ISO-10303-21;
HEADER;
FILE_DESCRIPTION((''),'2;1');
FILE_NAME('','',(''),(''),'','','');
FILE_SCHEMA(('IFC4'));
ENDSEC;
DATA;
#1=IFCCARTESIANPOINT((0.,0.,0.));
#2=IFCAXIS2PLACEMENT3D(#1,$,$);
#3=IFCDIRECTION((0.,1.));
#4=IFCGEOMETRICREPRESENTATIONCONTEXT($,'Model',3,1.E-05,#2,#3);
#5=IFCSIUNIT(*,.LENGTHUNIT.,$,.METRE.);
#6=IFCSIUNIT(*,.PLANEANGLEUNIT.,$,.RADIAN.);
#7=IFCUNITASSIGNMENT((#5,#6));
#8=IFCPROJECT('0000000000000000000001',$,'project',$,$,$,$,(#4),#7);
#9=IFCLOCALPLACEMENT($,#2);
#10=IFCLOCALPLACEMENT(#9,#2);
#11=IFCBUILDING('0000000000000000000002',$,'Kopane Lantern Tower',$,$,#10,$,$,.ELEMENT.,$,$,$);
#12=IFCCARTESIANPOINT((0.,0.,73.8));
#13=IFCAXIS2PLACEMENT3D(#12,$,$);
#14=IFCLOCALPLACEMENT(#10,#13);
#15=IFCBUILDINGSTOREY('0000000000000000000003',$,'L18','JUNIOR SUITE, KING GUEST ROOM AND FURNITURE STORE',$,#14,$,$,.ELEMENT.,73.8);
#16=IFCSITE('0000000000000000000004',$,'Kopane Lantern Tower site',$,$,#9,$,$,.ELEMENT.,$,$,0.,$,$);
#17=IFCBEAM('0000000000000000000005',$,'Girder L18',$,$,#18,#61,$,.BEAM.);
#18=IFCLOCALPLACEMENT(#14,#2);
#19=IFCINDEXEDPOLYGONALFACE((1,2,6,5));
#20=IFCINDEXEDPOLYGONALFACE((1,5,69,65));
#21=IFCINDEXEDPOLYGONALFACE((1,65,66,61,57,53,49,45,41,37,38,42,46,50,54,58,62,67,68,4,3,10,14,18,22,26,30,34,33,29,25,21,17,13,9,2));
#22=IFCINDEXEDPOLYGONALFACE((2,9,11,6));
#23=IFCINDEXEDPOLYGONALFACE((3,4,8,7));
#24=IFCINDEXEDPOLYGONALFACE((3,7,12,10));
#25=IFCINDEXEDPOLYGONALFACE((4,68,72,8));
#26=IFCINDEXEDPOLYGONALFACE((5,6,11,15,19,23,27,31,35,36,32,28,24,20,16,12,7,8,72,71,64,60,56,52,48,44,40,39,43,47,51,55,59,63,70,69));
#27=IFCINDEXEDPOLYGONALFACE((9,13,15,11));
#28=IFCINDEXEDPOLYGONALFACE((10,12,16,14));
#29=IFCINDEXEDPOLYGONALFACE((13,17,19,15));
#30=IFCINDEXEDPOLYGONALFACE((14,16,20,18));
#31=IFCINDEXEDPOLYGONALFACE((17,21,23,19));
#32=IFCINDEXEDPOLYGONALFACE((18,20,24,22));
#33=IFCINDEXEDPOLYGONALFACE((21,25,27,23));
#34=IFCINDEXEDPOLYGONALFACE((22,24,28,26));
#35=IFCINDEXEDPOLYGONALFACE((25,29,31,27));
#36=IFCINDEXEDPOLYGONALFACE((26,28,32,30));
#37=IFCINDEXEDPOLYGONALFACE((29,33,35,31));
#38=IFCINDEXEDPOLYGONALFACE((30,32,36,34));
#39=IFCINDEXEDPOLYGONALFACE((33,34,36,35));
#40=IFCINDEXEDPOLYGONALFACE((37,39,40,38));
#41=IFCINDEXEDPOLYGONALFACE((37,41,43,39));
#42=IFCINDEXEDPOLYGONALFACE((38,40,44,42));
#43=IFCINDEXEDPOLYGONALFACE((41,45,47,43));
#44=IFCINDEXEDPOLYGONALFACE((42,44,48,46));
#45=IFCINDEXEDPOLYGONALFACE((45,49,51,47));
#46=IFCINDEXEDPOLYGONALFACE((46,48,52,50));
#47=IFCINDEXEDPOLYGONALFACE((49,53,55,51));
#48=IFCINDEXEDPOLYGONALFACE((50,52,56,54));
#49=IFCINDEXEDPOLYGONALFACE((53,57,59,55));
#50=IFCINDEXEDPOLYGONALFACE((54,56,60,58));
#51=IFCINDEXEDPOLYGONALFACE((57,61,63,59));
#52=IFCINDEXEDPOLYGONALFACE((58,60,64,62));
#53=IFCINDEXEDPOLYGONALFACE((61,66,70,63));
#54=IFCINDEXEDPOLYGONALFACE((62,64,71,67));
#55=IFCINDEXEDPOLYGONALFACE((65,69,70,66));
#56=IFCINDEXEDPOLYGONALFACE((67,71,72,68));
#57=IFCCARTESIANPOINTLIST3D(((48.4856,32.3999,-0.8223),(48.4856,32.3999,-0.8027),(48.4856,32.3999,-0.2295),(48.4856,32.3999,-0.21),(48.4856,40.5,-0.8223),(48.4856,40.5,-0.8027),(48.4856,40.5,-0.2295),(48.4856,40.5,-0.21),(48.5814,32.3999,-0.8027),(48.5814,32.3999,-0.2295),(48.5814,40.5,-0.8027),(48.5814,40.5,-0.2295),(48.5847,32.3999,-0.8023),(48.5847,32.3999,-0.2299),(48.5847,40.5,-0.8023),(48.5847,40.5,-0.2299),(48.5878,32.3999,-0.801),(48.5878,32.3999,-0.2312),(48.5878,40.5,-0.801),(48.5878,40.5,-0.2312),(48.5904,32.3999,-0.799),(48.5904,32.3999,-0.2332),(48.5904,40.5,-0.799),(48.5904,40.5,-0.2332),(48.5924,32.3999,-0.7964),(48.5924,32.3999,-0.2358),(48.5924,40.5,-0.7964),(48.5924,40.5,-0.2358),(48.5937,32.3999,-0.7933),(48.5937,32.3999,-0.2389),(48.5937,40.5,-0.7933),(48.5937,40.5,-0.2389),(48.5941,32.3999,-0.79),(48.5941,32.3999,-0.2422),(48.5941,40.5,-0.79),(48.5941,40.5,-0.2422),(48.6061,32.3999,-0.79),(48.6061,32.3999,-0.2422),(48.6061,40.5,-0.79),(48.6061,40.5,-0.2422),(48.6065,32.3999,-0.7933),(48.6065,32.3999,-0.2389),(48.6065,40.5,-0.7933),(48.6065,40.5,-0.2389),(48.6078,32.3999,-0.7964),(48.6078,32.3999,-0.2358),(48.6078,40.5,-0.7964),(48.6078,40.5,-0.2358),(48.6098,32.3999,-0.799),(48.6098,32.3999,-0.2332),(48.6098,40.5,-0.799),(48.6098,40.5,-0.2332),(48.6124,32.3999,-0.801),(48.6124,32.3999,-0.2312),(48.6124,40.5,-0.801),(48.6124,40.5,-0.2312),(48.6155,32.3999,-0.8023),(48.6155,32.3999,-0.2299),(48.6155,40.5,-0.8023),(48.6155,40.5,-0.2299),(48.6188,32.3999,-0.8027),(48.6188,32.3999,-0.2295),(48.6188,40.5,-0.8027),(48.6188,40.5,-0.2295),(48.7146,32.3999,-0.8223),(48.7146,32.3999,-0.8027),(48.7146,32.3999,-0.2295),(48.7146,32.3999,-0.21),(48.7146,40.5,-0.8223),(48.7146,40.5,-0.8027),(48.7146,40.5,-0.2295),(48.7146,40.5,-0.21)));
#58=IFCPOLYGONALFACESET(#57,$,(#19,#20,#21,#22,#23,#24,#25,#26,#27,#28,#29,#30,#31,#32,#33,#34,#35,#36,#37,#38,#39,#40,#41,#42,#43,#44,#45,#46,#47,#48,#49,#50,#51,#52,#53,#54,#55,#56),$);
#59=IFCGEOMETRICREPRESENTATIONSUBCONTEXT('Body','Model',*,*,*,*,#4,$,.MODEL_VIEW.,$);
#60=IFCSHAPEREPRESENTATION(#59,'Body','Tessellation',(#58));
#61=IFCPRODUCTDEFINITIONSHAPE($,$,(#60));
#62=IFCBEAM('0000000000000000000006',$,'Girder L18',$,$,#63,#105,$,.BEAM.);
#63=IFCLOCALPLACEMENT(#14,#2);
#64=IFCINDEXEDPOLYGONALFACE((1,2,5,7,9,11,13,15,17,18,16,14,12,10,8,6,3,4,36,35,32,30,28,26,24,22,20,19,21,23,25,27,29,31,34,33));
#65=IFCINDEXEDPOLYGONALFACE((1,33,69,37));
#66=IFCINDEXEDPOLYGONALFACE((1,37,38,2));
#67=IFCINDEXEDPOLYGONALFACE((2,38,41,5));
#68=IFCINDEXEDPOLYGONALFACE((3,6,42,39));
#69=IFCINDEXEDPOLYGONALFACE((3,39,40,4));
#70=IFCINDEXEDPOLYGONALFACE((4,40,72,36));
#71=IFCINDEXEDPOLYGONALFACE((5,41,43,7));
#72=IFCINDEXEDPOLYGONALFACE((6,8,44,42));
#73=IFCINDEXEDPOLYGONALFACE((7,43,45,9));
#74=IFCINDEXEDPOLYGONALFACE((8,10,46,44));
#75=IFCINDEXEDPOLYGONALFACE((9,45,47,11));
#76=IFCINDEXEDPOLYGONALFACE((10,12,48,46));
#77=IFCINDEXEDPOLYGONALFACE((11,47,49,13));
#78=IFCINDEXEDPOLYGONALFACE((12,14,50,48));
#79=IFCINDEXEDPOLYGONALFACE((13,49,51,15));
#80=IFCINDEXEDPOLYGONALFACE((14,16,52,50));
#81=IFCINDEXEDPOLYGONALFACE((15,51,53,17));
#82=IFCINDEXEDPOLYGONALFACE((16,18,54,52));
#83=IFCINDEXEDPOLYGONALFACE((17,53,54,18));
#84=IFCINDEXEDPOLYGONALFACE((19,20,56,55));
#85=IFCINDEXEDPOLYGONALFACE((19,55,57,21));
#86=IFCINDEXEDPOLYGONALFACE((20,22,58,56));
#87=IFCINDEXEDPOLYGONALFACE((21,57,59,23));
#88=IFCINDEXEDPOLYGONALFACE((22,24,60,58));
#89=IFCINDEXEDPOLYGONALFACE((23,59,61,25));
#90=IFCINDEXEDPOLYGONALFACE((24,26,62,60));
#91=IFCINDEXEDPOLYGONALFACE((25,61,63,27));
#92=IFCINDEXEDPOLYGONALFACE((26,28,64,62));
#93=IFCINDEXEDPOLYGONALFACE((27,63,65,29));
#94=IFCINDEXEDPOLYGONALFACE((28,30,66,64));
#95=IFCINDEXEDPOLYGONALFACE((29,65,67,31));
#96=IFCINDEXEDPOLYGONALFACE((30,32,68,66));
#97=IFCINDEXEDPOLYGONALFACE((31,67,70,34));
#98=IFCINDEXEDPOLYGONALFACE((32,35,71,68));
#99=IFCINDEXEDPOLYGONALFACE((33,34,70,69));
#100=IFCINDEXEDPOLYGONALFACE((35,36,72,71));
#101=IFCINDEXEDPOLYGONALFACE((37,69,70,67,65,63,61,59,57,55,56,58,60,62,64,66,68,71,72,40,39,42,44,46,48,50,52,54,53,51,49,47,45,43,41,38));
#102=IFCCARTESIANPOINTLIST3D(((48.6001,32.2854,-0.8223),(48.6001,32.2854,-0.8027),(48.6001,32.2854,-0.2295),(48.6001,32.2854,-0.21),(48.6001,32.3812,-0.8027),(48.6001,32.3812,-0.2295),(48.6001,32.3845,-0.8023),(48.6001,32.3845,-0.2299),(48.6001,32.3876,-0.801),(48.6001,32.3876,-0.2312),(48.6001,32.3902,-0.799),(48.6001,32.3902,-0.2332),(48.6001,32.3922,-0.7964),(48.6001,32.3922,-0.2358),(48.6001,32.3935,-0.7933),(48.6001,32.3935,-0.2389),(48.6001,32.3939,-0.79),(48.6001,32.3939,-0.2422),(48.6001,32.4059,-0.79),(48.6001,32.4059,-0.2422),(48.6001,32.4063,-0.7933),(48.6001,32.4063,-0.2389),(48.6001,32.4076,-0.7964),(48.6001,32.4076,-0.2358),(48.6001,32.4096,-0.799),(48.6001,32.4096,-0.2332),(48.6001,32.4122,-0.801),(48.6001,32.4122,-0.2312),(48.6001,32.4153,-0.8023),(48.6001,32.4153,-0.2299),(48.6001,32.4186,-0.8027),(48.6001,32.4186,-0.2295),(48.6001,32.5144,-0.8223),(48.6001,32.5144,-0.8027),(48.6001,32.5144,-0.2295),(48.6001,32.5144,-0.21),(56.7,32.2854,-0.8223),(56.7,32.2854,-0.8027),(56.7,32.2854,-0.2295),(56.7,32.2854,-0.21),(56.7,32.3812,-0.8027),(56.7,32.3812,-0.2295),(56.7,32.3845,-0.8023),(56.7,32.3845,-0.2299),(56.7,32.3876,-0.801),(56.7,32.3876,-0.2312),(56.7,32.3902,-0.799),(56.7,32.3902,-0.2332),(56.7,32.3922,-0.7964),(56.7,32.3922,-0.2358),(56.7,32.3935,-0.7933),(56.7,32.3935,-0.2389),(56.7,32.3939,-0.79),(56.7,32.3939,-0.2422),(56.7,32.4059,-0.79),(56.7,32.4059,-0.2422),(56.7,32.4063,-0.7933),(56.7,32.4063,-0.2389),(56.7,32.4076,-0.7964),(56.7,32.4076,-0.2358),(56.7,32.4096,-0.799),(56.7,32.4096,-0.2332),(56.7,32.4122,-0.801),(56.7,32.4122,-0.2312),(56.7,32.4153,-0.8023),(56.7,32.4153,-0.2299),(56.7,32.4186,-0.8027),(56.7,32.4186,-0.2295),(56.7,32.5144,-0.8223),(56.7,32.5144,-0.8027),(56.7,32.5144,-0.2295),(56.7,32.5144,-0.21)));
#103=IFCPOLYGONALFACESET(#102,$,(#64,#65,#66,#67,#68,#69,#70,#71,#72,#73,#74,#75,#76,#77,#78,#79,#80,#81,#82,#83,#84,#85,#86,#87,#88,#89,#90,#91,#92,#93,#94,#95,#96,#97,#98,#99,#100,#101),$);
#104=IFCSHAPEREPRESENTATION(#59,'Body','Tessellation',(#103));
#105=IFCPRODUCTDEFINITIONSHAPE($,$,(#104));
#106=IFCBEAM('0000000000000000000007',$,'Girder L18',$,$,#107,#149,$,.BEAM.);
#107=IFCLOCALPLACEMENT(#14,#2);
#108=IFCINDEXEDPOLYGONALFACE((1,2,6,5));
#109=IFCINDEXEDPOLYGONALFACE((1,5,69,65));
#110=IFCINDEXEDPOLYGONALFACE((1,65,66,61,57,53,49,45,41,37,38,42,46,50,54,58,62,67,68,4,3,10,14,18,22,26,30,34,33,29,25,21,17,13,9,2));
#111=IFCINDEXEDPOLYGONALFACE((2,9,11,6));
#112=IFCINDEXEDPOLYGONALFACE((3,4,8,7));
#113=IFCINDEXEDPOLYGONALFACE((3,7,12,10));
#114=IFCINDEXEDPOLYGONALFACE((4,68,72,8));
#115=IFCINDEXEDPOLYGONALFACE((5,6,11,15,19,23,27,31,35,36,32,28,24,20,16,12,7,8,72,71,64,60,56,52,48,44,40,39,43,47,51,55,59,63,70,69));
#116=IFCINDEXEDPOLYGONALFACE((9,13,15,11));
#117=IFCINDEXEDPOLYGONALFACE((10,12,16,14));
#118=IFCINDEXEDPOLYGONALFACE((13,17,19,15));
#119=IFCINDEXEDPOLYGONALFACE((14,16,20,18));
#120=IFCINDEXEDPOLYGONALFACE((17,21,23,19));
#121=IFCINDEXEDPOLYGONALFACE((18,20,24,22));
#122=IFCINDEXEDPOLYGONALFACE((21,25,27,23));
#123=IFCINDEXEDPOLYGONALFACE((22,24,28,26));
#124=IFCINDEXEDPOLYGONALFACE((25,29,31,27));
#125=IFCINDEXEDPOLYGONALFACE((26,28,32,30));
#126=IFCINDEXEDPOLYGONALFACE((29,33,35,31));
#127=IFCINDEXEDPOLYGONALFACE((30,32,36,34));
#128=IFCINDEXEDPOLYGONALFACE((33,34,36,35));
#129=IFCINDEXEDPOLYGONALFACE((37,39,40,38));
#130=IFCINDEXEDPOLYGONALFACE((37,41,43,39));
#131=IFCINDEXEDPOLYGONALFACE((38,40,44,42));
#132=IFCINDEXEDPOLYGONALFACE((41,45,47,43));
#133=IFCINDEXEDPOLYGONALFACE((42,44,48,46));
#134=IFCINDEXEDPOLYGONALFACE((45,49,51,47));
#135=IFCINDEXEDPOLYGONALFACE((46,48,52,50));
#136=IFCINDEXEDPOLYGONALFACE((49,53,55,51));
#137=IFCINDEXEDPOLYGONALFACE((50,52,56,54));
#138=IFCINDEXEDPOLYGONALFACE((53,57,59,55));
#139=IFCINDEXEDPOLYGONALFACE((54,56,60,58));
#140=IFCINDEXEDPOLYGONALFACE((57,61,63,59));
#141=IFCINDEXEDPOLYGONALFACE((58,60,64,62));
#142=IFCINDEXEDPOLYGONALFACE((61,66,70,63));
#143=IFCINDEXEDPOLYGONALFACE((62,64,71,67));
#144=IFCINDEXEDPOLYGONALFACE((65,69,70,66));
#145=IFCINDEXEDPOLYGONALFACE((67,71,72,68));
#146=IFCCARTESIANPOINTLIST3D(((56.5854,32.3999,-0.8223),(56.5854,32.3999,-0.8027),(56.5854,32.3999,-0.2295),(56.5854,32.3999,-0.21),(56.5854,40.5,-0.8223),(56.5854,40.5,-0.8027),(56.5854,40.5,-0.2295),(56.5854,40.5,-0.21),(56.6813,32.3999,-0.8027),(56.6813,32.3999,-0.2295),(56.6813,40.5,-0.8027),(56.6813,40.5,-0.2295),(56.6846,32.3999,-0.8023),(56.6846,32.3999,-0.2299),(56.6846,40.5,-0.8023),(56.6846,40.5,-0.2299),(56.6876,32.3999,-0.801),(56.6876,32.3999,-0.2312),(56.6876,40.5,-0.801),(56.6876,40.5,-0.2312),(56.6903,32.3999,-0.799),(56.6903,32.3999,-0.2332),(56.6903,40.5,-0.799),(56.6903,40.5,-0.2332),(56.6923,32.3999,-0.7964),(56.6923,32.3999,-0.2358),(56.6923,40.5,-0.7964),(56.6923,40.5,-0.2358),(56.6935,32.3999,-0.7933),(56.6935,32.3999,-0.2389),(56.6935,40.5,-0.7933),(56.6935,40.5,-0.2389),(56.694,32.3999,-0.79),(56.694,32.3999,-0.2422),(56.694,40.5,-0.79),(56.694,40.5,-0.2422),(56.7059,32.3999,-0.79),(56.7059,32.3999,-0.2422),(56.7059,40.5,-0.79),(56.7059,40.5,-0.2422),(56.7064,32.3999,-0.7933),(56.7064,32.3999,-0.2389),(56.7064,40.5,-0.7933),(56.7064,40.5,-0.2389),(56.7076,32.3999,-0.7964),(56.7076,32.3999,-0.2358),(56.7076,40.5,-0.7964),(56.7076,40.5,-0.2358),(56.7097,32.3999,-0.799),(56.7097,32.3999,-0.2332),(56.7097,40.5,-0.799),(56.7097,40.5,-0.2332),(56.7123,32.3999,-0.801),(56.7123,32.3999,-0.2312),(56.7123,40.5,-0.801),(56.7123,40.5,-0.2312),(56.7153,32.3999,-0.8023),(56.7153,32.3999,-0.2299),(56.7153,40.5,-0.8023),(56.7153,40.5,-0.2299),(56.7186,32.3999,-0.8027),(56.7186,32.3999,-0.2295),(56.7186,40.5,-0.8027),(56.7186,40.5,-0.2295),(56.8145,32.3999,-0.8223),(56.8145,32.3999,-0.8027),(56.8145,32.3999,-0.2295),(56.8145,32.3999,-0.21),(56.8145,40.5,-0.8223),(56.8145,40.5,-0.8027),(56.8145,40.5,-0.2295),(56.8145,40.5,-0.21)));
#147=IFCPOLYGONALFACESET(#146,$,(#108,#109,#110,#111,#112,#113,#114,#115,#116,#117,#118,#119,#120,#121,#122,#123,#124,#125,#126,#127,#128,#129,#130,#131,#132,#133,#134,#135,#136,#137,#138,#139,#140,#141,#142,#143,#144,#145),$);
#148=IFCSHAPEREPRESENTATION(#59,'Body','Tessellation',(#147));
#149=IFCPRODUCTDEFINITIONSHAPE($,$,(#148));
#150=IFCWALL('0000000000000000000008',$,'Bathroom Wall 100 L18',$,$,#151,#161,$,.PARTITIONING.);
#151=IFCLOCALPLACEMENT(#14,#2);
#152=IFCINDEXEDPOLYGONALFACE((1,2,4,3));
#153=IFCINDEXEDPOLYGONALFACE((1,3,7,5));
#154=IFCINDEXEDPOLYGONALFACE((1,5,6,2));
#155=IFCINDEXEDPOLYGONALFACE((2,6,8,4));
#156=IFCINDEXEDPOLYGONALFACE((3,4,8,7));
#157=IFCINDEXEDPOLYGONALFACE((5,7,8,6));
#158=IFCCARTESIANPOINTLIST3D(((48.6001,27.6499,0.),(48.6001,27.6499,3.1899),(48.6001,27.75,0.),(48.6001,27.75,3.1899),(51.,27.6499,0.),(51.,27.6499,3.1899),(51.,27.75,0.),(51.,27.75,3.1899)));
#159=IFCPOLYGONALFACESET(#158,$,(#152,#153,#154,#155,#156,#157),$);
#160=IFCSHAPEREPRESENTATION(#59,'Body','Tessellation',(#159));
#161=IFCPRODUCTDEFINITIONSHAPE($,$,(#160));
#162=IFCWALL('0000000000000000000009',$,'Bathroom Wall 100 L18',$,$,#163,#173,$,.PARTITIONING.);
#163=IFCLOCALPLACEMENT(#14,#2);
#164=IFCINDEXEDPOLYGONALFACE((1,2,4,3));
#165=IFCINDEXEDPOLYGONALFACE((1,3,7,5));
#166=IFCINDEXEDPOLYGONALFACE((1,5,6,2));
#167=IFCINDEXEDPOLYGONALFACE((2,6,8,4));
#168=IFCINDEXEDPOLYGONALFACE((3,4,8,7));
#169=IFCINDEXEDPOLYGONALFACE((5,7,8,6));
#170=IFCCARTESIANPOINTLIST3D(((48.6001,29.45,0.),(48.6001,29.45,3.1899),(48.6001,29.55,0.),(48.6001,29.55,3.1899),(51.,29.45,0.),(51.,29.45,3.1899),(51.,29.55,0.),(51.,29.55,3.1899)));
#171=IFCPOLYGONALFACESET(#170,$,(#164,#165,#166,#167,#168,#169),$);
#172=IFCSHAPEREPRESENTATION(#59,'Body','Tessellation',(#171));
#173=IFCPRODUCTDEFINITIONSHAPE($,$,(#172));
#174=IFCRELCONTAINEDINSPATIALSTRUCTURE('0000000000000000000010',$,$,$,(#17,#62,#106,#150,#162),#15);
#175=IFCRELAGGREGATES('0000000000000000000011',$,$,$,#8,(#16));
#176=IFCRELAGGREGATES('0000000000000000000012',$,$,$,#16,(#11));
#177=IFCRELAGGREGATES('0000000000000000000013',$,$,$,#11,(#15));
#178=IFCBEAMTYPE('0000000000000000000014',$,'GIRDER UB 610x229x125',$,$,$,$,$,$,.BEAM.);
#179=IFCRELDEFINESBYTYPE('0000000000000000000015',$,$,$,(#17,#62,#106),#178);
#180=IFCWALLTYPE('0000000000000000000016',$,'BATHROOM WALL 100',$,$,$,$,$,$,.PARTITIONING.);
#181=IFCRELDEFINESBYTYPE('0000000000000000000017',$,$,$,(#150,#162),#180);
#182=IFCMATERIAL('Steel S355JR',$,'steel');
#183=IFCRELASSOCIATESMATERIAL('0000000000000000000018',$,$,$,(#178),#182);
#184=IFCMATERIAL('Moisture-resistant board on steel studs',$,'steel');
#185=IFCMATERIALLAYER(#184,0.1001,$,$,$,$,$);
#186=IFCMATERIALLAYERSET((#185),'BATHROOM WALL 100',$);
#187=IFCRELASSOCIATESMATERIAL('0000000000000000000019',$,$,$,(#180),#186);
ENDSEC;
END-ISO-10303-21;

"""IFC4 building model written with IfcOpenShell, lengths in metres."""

from ifc_helpers import new_model, si_unit, direction, frame, frame_2d, origin, origin_2d, place, context, subcontext, project, spatial, rectangle, i_section, extrude, material, layer, layer_set, material_profile, profile_set, type_object, element, save


model = new_model("IFC4")

# Units and contexts
model_context = context("Model", 3, precision=1e-05, world=origin(), true_north=direction((0.0, 1.0)))
body_context = subcontext(model_context, "Body", "Model", "MODEL_VIEW")
ifc_project = project(units=[si_unit("LENGTHUNIT", "METRE"), si_unit("PLANEANGLEUNIT", "RADIAN")], contexts=[model_context])

# Site, building, storey
site_placement = place(None, origin())
site = spatial("IfcSite", under=ifc_project, at=site_placement, Name="Kopane Lantern Tower site", CompositionType="ELEMENT", RefElevation=0.0)
building_placement = place(site_placement, origin())
building = spatial("IfcBuilding", under=site, at=building_placement, Name="Kopane Lantern Tower", CompositionType="ELEMENT")
storey_placement = place(building_placement, frame((0.0, 0.0, 73.8)))
storey = spatial("IfcBuildingStorey", under=building, at=storey_placement, Name="L18", Description="JUNIOR SUITE, KING GUEST ROOM AND FURNITURE STORE", CompositionType="ELEMENT", Elevation=73.8)

# Beams
ifc_material_1 = material(Name="Steel S355JR", Category="steel")
ifc_material_profile_1 = material_profile(ifc_material_1, i_section(OverallWidth=0.229, OverallDepth=0.6123, WebThickness=0.012, FlangeThickness=0.0195, FilletRadius=0.0127, at=origin_2d()), Name="UB 610x229x125")
ifc_profile_set_1 = profile_set([ifc_material_profile_1], Name="Steel S355JR")
beam_type = type_object("IfcBeamType", Name="GIRDER UB 610x229x125", PredefinedType="BEAM", material=ifc_profile_set_1)
for number, where, z_axis, x_axis, name in (
    (1, (48.6001, 32.3999, -0.5161), (0.0, 1.0, 0.0), (-1.0, 0.0, 0.0), "Girder L18"),
):
    element("IfcBeam", number, at=place(storey_placement, frame(where, z_axis=z_axis, x_axis=x_axis)), inside=storey, type_object=beam_type, Name=name, PredefinedType="BEAM", context=body_context, shape_type="SweptSolid", body=[
        extrude(i_section(OverallWidth=0.229, OverallDepth=0.6123, WebThickness=0.012, FlangeThickness=0.0195, FilletRadius=0.0127, at=origin_2d()), origin(), (0.0, 0.0, 1.0), 8.1001),
    ])
beam_1_placement = place(storey_placement, frame((48.6001, 32.3999, -0.5161), z_axis=(1.0, 0.0, 0.0), x_axis=(0.0, 1.0, 0.0)))
element("IfcBeam", 2, at=beam_1_placement, inside=storey, type_object=beam_type, Name="Girder L18", PredefinedType="BEAM", context=body_context, shape_type="SweptSolid", body=[
    extrude(i_section(OverallWidth=0.229, OverallDepth=0.6123, WebThickness=0.012, FlangeThickness=0.0195, FilletRadius=0.0127, at=origin_2d()), origin(), (0.0, 0.0, 1.0), 8.0999),
])
beam_2_placement = place(storey_placement, frame((56.7, 32.3999, -0.5161), z_axis=(0.0, 1.0, 0.0), x_axis=(-1.0, 0.0, 0.0)))
element("IfcBeam", 3, at=beam_2_placement, inside=storey, type_object=beam_type, Name="Girder L18", PredefinedType="BEAM", context=body_context, shape_type="SweptSolid", body=[
    extrude(i_section(OverallWidth=0.229, OverallDepth=0.6123, WebThickness=0.012, FlangeThickness=0.0195, FilletRadius=0.0127, at=origin_2d()), origin(), (0.0, 0.0, 1.0), 8.1001),
])

# Walls
ifc_material_2 = material(Name="Moisture-resistant board on steel studs", Category="steel")
ifc_layer_1 = layer(ifc_material_2, 0.1001)
ifc_layer_set_1 = layer_set([ifc_layer_1], Name="BATHROOM WALL 100")
wall_type_1 = type_object("IfcWallType", Name="BATHROOM WALL 100", PredefinedType="PARTITIONING", material=ifc_layer_set_1)
for number, where, z_axis, x_axis, name in (
    (4, (48.6001, 27.7, 0.0), (0.0, 0.0, 1.0), (1.0, 0.0, 0.0), "Bathroom Wall 100 L18"),
    (5, (48.6001, 29.5, 0.0), (0.0, 0.0, 1.0), (1.0, 0.0, 0.0), "Bathroom Wall 100 L18"),
):
    element("IfcWall", number, at=place(storey_placement, frame(where, z_axis=z_axis, x_axis=x_axis)), inside=storey, type_object=wall_type_1, Name=name, PredefinedType="PARTITIONING", context=body_context, shape_type="SweptSolid", body=[
        extrude(rectangle(XDim=2.3999, YDim=0.1001, at=frame_2d((1.2, 0.0))), origin(), (0.0, 0.0, 1.0), 3.1899),
    ])

save(model, "model.ifc")
